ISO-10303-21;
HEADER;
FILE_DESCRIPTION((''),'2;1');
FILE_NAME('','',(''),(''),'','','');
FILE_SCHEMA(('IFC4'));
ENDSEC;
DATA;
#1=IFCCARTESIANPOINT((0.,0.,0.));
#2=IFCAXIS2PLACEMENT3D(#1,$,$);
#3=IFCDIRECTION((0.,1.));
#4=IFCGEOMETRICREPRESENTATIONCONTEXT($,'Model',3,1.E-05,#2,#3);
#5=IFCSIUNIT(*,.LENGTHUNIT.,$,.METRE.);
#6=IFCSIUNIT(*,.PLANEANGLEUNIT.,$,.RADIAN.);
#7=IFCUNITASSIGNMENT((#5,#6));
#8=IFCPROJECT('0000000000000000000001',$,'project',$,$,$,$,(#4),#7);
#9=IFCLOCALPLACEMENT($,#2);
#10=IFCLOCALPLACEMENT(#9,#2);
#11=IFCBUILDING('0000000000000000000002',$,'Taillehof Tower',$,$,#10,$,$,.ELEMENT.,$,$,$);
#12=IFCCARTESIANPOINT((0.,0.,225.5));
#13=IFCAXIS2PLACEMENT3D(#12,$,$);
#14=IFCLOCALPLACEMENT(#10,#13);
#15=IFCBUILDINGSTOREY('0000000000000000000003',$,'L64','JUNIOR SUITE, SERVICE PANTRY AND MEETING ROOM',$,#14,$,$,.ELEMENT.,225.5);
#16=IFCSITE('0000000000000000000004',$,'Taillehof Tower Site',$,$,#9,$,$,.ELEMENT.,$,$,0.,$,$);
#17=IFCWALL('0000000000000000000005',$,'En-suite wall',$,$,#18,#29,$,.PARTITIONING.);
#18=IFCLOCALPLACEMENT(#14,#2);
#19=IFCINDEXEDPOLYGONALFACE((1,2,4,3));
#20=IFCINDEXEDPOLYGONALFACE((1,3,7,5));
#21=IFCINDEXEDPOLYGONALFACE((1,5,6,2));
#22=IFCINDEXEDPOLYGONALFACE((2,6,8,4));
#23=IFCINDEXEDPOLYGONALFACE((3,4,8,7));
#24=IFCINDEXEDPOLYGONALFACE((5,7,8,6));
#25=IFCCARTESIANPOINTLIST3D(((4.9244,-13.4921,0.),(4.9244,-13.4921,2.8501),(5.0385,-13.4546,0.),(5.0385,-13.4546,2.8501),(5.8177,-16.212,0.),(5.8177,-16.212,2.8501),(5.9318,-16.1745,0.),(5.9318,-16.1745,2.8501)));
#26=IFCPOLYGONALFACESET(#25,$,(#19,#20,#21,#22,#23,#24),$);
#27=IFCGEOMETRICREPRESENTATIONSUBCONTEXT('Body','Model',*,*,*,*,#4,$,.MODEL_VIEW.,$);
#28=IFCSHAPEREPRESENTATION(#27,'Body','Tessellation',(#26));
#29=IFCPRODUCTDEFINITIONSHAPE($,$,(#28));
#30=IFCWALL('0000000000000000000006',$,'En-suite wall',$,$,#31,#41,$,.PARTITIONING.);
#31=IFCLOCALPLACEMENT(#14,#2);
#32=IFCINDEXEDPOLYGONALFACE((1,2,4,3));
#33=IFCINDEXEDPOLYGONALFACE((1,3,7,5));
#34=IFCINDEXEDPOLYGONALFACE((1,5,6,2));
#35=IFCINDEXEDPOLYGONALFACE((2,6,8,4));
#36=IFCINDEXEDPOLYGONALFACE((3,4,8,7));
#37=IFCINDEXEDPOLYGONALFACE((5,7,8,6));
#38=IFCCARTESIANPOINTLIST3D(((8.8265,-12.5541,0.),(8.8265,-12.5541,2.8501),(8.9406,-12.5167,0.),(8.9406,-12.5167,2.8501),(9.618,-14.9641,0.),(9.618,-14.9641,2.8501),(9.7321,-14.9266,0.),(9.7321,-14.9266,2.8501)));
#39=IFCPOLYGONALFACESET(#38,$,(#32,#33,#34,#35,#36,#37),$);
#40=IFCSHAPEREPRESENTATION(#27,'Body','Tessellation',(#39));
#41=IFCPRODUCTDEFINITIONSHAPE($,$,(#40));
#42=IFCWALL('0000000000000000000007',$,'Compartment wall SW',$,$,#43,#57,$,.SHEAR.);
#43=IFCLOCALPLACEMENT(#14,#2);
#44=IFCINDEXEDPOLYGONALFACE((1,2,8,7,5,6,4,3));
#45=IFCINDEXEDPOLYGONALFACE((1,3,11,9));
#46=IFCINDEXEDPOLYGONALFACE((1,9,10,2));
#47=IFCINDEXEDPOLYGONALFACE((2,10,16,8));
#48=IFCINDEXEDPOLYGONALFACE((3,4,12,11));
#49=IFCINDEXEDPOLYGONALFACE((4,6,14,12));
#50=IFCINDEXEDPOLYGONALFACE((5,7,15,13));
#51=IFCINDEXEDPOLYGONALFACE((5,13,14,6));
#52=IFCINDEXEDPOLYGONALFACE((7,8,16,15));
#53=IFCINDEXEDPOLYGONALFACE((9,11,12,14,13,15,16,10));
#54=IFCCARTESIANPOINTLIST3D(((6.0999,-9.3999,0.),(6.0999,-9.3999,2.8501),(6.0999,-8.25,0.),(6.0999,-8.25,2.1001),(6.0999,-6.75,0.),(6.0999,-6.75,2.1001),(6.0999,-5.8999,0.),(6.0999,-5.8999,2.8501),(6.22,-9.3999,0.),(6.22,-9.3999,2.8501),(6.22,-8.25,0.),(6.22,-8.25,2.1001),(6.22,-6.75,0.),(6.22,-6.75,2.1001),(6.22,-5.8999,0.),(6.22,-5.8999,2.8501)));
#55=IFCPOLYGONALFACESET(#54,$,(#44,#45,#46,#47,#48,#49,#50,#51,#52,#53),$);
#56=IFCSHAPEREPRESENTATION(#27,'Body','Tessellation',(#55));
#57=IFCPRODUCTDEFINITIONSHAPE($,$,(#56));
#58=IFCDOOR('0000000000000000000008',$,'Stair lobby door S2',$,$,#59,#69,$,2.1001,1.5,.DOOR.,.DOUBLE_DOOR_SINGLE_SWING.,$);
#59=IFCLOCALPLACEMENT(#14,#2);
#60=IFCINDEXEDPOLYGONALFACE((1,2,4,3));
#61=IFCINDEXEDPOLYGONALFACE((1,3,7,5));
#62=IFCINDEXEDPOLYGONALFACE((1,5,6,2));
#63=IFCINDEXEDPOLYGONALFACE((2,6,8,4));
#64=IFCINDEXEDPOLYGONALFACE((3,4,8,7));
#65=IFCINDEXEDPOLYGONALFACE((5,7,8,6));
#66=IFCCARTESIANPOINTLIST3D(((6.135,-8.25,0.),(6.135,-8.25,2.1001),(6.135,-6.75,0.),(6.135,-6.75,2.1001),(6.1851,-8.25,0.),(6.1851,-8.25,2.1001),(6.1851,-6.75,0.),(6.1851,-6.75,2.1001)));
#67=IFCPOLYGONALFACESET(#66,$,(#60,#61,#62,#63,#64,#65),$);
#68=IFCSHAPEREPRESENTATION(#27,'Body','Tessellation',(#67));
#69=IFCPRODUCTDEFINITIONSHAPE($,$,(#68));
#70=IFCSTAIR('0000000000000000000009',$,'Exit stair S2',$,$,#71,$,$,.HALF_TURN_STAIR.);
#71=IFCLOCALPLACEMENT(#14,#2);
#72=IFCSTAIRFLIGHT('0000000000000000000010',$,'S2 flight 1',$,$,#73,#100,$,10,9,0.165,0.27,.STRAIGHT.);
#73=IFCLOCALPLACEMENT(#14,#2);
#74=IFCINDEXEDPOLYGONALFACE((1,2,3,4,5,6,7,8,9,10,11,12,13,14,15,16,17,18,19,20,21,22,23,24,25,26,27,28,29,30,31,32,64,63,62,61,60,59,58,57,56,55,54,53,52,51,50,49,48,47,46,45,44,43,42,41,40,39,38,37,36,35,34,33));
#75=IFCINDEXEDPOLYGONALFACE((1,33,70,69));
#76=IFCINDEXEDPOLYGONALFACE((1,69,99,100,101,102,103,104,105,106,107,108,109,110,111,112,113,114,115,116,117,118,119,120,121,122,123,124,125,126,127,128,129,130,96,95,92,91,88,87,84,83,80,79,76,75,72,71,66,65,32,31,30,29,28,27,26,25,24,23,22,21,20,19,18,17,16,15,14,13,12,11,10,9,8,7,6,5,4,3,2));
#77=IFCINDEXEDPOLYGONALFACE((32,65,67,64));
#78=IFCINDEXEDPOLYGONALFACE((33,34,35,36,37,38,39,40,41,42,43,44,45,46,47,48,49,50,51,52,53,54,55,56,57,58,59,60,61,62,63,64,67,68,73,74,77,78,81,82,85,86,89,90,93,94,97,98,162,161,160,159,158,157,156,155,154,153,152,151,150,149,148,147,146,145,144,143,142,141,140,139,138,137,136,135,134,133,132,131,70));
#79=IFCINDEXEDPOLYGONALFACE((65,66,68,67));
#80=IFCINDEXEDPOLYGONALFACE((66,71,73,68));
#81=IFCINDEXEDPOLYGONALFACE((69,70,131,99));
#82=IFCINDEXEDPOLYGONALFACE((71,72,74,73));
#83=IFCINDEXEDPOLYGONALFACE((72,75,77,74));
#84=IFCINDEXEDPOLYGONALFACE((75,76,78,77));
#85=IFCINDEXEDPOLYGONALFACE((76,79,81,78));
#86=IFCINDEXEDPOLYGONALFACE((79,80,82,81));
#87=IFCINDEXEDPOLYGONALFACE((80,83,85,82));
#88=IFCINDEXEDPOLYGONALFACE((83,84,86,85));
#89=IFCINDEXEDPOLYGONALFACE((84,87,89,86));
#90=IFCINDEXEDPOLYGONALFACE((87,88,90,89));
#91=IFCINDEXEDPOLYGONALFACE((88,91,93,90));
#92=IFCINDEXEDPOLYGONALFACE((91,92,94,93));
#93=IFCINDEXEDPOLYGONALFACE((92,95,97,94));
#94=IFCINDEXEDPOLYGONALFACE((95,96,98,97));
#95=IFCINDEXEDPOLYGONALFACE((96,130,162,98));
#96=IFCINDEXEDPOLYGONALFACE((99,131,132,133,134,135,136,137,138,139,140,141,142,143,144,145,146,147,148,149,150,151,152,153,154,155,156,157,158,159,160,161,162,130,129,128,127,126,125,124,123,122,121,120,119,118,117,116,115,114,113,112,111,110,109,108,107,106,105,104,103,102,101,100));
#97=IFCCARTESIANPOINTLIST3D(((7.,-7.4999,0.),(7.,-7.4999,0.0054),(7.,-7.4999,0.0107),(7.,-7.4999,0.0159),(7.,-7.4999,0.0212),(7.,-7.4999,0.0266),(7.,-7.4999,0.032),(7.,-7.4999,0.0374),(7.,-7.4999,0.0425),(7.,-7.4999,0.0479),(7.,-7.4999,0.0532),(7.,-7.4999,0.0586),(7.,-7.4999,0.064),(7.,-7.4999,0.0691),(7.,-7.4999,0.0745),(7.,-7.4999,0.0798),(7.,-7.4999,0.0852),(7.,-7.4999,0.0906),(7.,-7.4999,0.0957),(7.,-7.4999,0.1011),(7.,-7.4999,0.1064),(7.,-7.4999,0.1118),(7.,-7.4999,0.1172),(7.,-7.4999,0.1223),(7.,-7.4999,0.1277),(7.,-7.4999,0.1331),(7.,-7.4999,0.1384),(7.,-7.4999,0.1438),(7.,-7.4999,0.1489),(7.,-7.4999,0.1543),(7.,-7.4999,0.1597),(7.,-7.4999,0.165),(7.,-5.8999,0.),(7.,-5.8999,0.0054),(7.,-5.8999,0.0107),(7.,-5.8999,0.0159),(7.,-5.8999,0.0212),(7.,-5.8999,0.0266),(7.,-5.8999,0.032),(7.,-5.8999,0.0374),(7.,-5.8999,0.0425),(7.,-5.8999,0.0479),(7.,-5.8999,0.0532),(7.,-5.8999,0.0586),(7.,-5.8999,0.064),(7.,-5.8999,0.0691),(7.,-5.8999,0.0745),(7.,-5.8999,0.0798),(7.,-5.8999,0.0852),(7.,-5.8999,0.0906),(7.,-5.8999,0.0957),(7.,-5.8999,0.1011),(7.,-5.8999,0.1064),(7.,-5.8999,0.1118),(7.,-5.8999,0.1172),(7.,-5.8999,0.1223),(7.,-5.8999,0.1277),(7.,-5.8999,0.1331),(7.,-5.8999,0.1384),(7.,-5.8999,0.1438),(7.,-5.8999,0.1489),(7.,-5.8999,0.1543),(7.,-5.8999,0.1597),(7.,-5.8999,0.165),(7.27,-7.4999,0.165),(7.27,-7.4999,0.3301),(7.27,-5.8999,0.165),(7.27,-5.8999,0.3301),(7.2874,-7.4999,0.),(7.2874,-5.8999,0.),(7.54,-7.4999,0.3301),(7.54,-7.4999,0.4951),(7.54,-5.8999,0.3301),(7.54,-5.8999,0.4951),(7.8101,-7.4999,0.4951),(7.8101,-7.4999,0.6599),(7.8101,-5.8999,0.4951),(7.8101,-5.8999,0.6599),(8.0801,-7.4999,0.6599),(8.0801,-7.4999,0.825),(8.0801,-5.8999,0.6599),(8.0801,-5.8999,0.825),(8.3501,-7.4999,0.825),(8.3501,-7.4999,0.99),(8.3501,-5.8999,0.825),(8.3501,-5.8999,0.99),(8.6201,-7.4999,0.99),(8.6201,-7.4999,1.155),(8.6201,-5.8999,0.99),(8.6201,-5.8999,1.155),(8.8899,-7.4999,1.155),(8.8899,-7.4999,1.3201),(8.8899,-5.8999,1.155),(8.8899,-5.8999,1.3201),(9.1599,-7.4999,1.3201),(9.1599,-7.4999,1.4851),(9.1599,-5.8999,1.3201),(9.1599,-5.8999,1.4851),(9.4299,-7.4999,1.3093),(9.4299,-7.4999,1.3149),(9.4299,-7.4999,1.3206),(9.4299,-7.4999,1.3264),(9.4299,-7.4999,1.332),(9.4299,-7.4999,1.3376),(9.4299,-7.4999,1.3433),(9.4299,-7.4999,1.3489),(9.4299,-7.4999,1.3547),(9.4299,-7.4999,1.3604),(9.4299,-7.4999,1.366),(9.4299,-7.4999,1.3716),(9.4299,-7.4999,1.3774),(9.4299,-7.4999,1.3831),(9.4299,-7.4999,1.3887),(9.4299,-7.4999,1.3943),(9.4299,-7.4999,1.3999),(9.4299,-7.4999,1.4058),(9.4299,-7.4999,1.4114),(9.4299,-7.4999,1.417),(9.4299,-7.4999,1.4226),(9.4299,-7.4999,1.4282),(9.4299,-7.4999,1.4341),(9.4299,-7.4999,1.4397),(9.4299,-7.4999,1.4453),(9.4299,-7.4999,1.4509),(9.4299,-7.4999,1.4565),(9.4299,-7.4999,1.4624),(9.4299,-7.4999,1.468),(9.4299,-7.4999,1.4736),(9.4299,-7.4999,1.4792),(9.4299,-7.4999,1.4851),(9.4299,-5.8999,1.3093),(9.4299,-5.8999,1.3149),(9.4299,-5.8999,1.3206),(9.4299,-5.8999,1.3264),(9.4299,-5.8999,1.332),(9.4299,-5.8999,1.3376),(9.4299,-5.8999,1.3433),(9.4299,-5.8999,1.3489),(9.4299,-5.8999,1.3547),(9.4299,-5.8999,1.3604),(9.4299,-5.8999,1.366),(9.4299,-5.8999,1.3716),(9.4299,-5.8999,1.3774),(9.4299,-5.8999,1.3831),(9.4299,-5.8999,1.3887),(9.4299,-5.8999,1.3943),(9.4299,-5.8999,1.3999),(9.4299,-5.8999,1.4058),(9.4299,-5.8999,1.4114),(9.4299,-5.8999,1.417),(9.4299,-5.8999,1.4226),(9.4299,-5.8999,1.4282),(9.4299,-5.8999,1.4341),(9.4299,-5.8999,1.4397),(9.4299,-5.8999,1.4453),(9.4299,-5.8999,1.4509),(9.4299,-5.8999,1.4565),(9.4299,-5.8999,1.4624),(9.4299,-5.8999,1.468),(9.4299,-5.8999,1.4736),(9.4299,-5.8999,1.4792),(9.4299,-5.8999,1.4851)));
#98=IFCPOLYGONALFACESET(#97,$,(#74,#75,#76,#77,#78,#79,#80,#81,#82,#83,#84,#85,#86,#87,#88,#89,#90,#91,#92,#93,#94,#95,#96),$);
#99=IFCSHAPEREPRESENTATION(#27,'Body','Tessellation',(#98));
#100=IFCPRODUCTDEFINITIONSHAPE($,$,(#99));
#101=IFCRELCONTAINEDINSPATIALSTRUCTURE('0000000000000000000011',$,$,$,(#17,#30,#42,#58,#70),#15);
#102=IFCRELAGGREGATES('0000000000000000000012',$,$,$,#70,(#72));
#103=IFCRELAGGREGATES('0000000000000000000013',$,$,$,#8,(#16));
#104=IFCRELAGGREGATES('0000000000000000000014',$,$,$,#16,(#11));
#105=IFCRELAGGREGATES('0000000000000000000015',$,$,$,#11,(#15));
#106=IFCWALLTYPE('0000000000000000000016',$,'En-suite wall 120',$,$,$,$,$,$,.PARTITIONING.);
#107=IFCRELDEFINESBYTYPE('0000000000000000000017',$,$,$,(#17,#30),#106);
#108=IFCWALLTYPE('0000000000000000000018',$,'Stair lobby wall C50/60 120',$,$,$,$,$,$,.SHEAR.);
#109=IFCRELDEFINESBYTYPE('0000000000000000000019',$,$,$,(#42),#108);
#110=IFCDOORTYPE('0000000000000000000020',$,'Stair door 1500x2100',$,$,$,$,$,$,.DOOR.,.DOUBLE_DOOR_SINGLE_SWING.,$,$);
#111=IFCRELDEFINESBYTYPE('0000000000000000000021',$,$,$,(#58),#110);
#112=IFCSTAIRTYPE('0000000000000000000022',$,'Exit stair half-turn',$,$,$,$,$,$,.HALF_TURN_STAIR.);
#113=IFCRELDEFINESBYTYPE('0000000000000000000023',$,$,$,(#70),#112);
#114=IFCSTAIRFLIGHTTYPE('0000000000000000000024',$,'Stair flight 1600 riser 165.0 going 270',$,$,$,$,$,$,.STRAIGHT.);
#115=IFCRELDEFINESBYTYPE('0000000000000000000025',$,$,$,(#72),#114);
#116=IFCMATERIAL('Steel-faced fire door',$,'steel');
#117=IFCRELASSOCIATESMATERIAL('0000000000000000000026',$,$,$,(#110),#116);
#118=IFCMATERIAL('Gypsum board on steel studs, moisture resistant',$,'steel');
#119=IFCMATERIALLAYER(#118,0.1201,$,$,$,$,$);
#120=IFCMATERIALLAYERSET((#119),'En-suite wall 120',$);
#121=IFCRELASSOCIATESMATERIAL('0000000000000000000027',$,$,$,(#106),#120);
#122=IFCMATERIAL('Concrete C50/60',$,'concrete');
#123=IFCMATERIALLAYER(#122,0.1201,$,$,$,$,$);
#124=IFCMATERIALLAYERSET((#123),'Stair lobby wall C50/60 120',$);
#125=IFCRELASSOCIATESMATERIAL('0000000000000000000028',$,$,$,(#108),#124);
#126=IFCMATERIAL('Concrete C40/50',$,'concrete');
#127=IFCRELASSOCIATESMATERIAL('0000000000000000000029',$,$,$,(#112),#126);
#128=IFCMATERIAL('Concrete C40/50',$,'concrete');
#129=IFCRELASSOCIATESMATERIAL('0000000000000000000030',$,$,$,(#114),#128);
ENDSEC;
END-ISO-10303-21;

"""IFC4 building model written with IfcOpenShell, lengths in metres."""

from ifc_helpers import new_model, si_unit, direction, frame, frame_2d, origin, place, context, subcontext, project, spatial, polyline, rectangle, outline, extrude, material, layer, layer_set, type_object, element, fill, aggregate, save


model = new_model("IFC4")

# Units and contexts
model_context = context("Model", 3, precision=1e-05, world=origin(), true_north=direction((0.0, 1.0)))
body_context = subcontext(model_context, "Body", "Model", "MODEL_VIEW")
ifc_project = project(units=[si_unit("LENGTHUNIT", "METRE"), si_unit("PLANEANGLEUNIT", "RADIAN")], contexts=[model_context])

# Site, building, storey
site_placement = place(None, origin())
site = spatial("IfcSite", under=ifc_project, at=site_placement, Name="Taillehof Tower Site", CompositionType="ELEMENT", RefElevation=0.0)
building_placement = place(site_placement, origin())
building = spatial("IfcBuilding", under=site, at=building_placement, Name="Taillehof Tower", CompositionType="ELEMENT")
storey_placement = place(building_placement, frame((0.0, 0.0, 225.5)))
storey = spatial("IfcBuildingStorey", under=building, at=storey_placement, Name="L64", Description="JUNIOR SUITE, SERVICE PANTRY AND MEETING ROOM", CompositionType="ELEMENT", Elevation=225.5)

# Shared definitions
ifc_material_1 = material(Name="Steel-faced fire door", Category="steel")
door_type_1 = type_object("IfcDoorType", Name="Stair door 1500x2100", OperationType="DOUBLE_DOOR_SINGLE_SWING", PredefinedType="DOOR", material=ifc_material_1)

# Walls
ifc_material_2 = material(Name="Gypsum board on steel studs, moisture resistant", Category="steel")
ifc_layer_1 = layer(ifc_material_2, 0.1201)
ifc_layer_set_1 = layer_set([ifc_layer_1], Name="En-suite wall 120")
wall_type_1 = type_object("IfcWallType", Name="En-suite wall 120", PredefinedType="PARTITIONING", material=ifc_layer_set_1)
wall_1_placement = place(storey_placement, frame((4.9814, -13.4734, 0.0), z_axis=(0.0, 0.0, 1.0), x_axis=(0.312029, -0.950073, 0.0)))
element("IfcWall", 1, at=wall_1_placement, inside=storey, type_object=wall_type_1, Name="En-suite wall", PredefinedType="PARTITIONING", context=body_context, shape_type="SweptSolid", body=[
    extrude(rectangle(XDim=2.8628, YDim=0.1201, at=frame_2d((1.4314, 0.0))), origin(), (0.0, 0.0, 1.0), 2.8501),
])
wall_2_placement = place(storey_placement, frame((8.8835, -12.5354, 0.0), z_axis=(0.0, 0.0, 1.0), x_axis=(0.312038, -0.95007, 0.0)))
element("IfcWall", 2, at=wall_2_placement, inside=storey, type_object=wall_type_1, Name="En-suite wall", PredefinedType="PARTITIONING", context=body_context, shape_type="SweptSolid", body=[
    extrude(rectangle(XDim=2.5366, YDim=0.1201, at=frame_2d((1.2683, 0.0))), origin(), (0.0, 0.0, 1.0), 2.8501),
])

# Wall, opening, door
ifc_material_3 = material(Name="Concrete C50/60", Category="concrete")
ifc_layer_2 = layer(ifc_material_3, 0.1201)
ifc_layer_set_2 = layer_set([ifc_layer_2], Name="Stair lobby wall C50/60 120")
wall_type_2 = type_object("IfcWallType", Name="Stair lobby wall C50/60 120", PredefinedType="SHEAR", material=ifc_layer_set_2)
wall_3_placement = place(storey_placement, frame((6.1599, -9.3999, 0.0), z_axis=(0.0, 0.0, 1.0), x_axis=(0.0, 1.0, 0.0)))
wall_3 = element("IfcWall", 3, at=wall_3_placement, inside=storey, type_object=wall_type_2, Name="Compartment wall SW", PredefinedType="SHEAR", context=body_context, shape_type="SweptSolid", body=[
    extrude(rectangle(XDim=3.5, YDim=0.1201, at=frame_2d((1.75, 0.0))), origin(), (0.0, 0.0, 1.0), 2.8501),
])
opening_1_placement = place(wall_3_placement, frame((1.1499, 0.0, 0.0)))
opening_1 = element("IfcOpeningElement", 4, at=opening_1_placement, cuts=wall_3, PredefinedType="OPENING", context=body_context, shape_type="SweptSolid", body=[
    extrude(rectangle(XDim=1.5, YDim=2.1001, at=frame_2d((0.75, 1.05))), frame((0.0, 0.0701, 0.0), z_axis=(0.0, -1.0, 0.0), x_axis=(1.0, 0.0, 0.0)), (0.0, 0.0, 1.0), 0.1401),
])
door_1_placement = place(opening_1_placement, origin())
door_1 = element("IfcDoor", 5, at=door_1_placement, inside=storey, type_object=door_type_1, Name="Stair lobby door S2", OperationType="DOUBLE_DOOR_SINGLE_SWING", OverallHeight=2.1001, OverallWidth=1.5, PredefinedType="DOOR", context=body_context, shape_type="SweptSolid", body=[
    extrude(rectangle(XDim=1.5, YDim=2.1001, at=frame_2d((0.75, 1.05))), frame((0.0, 0.0249, 0.0), z_axis=(0.0, -1.0, 0.0), x_axis=(1.0, 0.0, 0.0)), (0.0, 0.0, 1.0), 0.05),
])
fill(opening_1, door_1)

# Stair, stair flight
ifc_material_4 = material(Name="Concrete C40/50", Category="concrete")
stair_type = type_object("IfcStairType", Name="Exit stair half-turn", PredefinedType="HALF_TURN_STAIR", material=ifc_material_4)
stair_placement = place(storey_placement, origin())
stair = element("IfcStair", 6, at=stair_placement, inside=storey, type_object=stair_type, Name="Exit stair S2", PredefinedType="HALF_TURN_STAIR")
ifc_material_5 = material(Name="Concrete C40/50", Category="concrete")
stair_flight_type = type_object("IfcStairFlightType", Name="Stair flight 1600 riser 165.0 going 270", PredefinedType="STRAIGHT", material=ifc_material_5)
stair_flight_placement = place(storey_placement, frame((7.0, -6.7, 0.0), z_axis=(0.0, 0.0, 1.0), x_axis=(1.0, 0.0, 0.0)))
stair_flight = element("IfcStairFlight", 7, at=stair_flight_placement, type_object=stair_flight_type, Name="S2 flight 1", NumberOfRisers=10, NumberOfTreads=9, PredefinedType="STRAIGHT", RiserHeight=0.165, TreadLength=0.27, context=body_context, shape_type="SweptSolid", body=[
    extrude(outline(polyline([(0.0, 0.0), (0.0, 0.0054), (0.0, 0.0107), (0.0, 0.0159), (0.0, 0.0212), (0.0, 0.0266), (0.0, 0.032), (0.0, 0.0374), (0.0, 0.0425), (0.0, 0.0479), (0.0, 0.0532), (0.0, 0.0586), (0.0, 0.064), (0.0, 0.0691), (0.0, 0.0745), (0.0, 0.0798), (0.0, 0.0852), (0.0, 0.0906), (0.0, 0.0957), (0.0, 0.1011), (0.0, 0.1064), (0.0, 0.1118), (0.0, 0.1172), (0.0, 0.1223), (0.0, 0.1277), (0.0, 0.1331), (0.0, 0.1384), (0.0, 0.1438), (0.0, 0.1489), (0.0, 0.1543), (0.0, 0.1597), (0.0, 0.165), (0.27, 0.165), (0.27, 0.3301), (0.54, 0.3301), (0.54, 0.4951), (0.8101, 0.4951), (0.8101, 0.6599), (1.0801, 0.6599), (1.0801, 0.825), (1.3501, 0.825), (1.3501, 0.99), (1.6201, 0.99), (1.6201, 1.155), (1.8899, 1.155), (1.8899, 1.3201), (2.1599, 1.3201), (2.1599, 1.4851), (2.4299, 1.4851), (2.4299, 1.4792), (2.4299, 1.4736), (2.4299, 1.468), (2.4299, 1.4624), (2.4299, 1.4565), (2.4299, 1.4509), (2.4299, 1.4453), (2.4299, 1.4397), (2.4299, 1.4341), (2.4299, 1.4282), (2.4299, 1.4226), (2.4299, 1.417), (2.4299, 1.4114), (2.4299, 1.4058), (2.4299, 1.3999), (2.4299, 1.3943), (2.4299, 1.3887), (2.4299, 1.3831), (2.4299, 1.3774), (2.4299, 1.3716), (2.4299, 1.366), (2.4299, 1.3604), (2.4299, 1.3547), (2.4299, 1.3489), (2.4299, 1.3433), (2.4299, 1.3376), (2.4299, 1.332), (2.4299, 1.3264), (2.4299, 1.3206), (2.4299, 1.3149), (2.4299, 1.3093), (0.2874, 0.0), (0.0, 0.0)])), frame((0.0, 0.8, 0.0), z_axis=(0.0, -1.0, 0.0), x_axis=(1.0, 0.0, 0.0)), (0.0, 0.0, 1.0), 1.6),
])
aggregate(stair, [stair_flight])

save(model, "model.ifc")
